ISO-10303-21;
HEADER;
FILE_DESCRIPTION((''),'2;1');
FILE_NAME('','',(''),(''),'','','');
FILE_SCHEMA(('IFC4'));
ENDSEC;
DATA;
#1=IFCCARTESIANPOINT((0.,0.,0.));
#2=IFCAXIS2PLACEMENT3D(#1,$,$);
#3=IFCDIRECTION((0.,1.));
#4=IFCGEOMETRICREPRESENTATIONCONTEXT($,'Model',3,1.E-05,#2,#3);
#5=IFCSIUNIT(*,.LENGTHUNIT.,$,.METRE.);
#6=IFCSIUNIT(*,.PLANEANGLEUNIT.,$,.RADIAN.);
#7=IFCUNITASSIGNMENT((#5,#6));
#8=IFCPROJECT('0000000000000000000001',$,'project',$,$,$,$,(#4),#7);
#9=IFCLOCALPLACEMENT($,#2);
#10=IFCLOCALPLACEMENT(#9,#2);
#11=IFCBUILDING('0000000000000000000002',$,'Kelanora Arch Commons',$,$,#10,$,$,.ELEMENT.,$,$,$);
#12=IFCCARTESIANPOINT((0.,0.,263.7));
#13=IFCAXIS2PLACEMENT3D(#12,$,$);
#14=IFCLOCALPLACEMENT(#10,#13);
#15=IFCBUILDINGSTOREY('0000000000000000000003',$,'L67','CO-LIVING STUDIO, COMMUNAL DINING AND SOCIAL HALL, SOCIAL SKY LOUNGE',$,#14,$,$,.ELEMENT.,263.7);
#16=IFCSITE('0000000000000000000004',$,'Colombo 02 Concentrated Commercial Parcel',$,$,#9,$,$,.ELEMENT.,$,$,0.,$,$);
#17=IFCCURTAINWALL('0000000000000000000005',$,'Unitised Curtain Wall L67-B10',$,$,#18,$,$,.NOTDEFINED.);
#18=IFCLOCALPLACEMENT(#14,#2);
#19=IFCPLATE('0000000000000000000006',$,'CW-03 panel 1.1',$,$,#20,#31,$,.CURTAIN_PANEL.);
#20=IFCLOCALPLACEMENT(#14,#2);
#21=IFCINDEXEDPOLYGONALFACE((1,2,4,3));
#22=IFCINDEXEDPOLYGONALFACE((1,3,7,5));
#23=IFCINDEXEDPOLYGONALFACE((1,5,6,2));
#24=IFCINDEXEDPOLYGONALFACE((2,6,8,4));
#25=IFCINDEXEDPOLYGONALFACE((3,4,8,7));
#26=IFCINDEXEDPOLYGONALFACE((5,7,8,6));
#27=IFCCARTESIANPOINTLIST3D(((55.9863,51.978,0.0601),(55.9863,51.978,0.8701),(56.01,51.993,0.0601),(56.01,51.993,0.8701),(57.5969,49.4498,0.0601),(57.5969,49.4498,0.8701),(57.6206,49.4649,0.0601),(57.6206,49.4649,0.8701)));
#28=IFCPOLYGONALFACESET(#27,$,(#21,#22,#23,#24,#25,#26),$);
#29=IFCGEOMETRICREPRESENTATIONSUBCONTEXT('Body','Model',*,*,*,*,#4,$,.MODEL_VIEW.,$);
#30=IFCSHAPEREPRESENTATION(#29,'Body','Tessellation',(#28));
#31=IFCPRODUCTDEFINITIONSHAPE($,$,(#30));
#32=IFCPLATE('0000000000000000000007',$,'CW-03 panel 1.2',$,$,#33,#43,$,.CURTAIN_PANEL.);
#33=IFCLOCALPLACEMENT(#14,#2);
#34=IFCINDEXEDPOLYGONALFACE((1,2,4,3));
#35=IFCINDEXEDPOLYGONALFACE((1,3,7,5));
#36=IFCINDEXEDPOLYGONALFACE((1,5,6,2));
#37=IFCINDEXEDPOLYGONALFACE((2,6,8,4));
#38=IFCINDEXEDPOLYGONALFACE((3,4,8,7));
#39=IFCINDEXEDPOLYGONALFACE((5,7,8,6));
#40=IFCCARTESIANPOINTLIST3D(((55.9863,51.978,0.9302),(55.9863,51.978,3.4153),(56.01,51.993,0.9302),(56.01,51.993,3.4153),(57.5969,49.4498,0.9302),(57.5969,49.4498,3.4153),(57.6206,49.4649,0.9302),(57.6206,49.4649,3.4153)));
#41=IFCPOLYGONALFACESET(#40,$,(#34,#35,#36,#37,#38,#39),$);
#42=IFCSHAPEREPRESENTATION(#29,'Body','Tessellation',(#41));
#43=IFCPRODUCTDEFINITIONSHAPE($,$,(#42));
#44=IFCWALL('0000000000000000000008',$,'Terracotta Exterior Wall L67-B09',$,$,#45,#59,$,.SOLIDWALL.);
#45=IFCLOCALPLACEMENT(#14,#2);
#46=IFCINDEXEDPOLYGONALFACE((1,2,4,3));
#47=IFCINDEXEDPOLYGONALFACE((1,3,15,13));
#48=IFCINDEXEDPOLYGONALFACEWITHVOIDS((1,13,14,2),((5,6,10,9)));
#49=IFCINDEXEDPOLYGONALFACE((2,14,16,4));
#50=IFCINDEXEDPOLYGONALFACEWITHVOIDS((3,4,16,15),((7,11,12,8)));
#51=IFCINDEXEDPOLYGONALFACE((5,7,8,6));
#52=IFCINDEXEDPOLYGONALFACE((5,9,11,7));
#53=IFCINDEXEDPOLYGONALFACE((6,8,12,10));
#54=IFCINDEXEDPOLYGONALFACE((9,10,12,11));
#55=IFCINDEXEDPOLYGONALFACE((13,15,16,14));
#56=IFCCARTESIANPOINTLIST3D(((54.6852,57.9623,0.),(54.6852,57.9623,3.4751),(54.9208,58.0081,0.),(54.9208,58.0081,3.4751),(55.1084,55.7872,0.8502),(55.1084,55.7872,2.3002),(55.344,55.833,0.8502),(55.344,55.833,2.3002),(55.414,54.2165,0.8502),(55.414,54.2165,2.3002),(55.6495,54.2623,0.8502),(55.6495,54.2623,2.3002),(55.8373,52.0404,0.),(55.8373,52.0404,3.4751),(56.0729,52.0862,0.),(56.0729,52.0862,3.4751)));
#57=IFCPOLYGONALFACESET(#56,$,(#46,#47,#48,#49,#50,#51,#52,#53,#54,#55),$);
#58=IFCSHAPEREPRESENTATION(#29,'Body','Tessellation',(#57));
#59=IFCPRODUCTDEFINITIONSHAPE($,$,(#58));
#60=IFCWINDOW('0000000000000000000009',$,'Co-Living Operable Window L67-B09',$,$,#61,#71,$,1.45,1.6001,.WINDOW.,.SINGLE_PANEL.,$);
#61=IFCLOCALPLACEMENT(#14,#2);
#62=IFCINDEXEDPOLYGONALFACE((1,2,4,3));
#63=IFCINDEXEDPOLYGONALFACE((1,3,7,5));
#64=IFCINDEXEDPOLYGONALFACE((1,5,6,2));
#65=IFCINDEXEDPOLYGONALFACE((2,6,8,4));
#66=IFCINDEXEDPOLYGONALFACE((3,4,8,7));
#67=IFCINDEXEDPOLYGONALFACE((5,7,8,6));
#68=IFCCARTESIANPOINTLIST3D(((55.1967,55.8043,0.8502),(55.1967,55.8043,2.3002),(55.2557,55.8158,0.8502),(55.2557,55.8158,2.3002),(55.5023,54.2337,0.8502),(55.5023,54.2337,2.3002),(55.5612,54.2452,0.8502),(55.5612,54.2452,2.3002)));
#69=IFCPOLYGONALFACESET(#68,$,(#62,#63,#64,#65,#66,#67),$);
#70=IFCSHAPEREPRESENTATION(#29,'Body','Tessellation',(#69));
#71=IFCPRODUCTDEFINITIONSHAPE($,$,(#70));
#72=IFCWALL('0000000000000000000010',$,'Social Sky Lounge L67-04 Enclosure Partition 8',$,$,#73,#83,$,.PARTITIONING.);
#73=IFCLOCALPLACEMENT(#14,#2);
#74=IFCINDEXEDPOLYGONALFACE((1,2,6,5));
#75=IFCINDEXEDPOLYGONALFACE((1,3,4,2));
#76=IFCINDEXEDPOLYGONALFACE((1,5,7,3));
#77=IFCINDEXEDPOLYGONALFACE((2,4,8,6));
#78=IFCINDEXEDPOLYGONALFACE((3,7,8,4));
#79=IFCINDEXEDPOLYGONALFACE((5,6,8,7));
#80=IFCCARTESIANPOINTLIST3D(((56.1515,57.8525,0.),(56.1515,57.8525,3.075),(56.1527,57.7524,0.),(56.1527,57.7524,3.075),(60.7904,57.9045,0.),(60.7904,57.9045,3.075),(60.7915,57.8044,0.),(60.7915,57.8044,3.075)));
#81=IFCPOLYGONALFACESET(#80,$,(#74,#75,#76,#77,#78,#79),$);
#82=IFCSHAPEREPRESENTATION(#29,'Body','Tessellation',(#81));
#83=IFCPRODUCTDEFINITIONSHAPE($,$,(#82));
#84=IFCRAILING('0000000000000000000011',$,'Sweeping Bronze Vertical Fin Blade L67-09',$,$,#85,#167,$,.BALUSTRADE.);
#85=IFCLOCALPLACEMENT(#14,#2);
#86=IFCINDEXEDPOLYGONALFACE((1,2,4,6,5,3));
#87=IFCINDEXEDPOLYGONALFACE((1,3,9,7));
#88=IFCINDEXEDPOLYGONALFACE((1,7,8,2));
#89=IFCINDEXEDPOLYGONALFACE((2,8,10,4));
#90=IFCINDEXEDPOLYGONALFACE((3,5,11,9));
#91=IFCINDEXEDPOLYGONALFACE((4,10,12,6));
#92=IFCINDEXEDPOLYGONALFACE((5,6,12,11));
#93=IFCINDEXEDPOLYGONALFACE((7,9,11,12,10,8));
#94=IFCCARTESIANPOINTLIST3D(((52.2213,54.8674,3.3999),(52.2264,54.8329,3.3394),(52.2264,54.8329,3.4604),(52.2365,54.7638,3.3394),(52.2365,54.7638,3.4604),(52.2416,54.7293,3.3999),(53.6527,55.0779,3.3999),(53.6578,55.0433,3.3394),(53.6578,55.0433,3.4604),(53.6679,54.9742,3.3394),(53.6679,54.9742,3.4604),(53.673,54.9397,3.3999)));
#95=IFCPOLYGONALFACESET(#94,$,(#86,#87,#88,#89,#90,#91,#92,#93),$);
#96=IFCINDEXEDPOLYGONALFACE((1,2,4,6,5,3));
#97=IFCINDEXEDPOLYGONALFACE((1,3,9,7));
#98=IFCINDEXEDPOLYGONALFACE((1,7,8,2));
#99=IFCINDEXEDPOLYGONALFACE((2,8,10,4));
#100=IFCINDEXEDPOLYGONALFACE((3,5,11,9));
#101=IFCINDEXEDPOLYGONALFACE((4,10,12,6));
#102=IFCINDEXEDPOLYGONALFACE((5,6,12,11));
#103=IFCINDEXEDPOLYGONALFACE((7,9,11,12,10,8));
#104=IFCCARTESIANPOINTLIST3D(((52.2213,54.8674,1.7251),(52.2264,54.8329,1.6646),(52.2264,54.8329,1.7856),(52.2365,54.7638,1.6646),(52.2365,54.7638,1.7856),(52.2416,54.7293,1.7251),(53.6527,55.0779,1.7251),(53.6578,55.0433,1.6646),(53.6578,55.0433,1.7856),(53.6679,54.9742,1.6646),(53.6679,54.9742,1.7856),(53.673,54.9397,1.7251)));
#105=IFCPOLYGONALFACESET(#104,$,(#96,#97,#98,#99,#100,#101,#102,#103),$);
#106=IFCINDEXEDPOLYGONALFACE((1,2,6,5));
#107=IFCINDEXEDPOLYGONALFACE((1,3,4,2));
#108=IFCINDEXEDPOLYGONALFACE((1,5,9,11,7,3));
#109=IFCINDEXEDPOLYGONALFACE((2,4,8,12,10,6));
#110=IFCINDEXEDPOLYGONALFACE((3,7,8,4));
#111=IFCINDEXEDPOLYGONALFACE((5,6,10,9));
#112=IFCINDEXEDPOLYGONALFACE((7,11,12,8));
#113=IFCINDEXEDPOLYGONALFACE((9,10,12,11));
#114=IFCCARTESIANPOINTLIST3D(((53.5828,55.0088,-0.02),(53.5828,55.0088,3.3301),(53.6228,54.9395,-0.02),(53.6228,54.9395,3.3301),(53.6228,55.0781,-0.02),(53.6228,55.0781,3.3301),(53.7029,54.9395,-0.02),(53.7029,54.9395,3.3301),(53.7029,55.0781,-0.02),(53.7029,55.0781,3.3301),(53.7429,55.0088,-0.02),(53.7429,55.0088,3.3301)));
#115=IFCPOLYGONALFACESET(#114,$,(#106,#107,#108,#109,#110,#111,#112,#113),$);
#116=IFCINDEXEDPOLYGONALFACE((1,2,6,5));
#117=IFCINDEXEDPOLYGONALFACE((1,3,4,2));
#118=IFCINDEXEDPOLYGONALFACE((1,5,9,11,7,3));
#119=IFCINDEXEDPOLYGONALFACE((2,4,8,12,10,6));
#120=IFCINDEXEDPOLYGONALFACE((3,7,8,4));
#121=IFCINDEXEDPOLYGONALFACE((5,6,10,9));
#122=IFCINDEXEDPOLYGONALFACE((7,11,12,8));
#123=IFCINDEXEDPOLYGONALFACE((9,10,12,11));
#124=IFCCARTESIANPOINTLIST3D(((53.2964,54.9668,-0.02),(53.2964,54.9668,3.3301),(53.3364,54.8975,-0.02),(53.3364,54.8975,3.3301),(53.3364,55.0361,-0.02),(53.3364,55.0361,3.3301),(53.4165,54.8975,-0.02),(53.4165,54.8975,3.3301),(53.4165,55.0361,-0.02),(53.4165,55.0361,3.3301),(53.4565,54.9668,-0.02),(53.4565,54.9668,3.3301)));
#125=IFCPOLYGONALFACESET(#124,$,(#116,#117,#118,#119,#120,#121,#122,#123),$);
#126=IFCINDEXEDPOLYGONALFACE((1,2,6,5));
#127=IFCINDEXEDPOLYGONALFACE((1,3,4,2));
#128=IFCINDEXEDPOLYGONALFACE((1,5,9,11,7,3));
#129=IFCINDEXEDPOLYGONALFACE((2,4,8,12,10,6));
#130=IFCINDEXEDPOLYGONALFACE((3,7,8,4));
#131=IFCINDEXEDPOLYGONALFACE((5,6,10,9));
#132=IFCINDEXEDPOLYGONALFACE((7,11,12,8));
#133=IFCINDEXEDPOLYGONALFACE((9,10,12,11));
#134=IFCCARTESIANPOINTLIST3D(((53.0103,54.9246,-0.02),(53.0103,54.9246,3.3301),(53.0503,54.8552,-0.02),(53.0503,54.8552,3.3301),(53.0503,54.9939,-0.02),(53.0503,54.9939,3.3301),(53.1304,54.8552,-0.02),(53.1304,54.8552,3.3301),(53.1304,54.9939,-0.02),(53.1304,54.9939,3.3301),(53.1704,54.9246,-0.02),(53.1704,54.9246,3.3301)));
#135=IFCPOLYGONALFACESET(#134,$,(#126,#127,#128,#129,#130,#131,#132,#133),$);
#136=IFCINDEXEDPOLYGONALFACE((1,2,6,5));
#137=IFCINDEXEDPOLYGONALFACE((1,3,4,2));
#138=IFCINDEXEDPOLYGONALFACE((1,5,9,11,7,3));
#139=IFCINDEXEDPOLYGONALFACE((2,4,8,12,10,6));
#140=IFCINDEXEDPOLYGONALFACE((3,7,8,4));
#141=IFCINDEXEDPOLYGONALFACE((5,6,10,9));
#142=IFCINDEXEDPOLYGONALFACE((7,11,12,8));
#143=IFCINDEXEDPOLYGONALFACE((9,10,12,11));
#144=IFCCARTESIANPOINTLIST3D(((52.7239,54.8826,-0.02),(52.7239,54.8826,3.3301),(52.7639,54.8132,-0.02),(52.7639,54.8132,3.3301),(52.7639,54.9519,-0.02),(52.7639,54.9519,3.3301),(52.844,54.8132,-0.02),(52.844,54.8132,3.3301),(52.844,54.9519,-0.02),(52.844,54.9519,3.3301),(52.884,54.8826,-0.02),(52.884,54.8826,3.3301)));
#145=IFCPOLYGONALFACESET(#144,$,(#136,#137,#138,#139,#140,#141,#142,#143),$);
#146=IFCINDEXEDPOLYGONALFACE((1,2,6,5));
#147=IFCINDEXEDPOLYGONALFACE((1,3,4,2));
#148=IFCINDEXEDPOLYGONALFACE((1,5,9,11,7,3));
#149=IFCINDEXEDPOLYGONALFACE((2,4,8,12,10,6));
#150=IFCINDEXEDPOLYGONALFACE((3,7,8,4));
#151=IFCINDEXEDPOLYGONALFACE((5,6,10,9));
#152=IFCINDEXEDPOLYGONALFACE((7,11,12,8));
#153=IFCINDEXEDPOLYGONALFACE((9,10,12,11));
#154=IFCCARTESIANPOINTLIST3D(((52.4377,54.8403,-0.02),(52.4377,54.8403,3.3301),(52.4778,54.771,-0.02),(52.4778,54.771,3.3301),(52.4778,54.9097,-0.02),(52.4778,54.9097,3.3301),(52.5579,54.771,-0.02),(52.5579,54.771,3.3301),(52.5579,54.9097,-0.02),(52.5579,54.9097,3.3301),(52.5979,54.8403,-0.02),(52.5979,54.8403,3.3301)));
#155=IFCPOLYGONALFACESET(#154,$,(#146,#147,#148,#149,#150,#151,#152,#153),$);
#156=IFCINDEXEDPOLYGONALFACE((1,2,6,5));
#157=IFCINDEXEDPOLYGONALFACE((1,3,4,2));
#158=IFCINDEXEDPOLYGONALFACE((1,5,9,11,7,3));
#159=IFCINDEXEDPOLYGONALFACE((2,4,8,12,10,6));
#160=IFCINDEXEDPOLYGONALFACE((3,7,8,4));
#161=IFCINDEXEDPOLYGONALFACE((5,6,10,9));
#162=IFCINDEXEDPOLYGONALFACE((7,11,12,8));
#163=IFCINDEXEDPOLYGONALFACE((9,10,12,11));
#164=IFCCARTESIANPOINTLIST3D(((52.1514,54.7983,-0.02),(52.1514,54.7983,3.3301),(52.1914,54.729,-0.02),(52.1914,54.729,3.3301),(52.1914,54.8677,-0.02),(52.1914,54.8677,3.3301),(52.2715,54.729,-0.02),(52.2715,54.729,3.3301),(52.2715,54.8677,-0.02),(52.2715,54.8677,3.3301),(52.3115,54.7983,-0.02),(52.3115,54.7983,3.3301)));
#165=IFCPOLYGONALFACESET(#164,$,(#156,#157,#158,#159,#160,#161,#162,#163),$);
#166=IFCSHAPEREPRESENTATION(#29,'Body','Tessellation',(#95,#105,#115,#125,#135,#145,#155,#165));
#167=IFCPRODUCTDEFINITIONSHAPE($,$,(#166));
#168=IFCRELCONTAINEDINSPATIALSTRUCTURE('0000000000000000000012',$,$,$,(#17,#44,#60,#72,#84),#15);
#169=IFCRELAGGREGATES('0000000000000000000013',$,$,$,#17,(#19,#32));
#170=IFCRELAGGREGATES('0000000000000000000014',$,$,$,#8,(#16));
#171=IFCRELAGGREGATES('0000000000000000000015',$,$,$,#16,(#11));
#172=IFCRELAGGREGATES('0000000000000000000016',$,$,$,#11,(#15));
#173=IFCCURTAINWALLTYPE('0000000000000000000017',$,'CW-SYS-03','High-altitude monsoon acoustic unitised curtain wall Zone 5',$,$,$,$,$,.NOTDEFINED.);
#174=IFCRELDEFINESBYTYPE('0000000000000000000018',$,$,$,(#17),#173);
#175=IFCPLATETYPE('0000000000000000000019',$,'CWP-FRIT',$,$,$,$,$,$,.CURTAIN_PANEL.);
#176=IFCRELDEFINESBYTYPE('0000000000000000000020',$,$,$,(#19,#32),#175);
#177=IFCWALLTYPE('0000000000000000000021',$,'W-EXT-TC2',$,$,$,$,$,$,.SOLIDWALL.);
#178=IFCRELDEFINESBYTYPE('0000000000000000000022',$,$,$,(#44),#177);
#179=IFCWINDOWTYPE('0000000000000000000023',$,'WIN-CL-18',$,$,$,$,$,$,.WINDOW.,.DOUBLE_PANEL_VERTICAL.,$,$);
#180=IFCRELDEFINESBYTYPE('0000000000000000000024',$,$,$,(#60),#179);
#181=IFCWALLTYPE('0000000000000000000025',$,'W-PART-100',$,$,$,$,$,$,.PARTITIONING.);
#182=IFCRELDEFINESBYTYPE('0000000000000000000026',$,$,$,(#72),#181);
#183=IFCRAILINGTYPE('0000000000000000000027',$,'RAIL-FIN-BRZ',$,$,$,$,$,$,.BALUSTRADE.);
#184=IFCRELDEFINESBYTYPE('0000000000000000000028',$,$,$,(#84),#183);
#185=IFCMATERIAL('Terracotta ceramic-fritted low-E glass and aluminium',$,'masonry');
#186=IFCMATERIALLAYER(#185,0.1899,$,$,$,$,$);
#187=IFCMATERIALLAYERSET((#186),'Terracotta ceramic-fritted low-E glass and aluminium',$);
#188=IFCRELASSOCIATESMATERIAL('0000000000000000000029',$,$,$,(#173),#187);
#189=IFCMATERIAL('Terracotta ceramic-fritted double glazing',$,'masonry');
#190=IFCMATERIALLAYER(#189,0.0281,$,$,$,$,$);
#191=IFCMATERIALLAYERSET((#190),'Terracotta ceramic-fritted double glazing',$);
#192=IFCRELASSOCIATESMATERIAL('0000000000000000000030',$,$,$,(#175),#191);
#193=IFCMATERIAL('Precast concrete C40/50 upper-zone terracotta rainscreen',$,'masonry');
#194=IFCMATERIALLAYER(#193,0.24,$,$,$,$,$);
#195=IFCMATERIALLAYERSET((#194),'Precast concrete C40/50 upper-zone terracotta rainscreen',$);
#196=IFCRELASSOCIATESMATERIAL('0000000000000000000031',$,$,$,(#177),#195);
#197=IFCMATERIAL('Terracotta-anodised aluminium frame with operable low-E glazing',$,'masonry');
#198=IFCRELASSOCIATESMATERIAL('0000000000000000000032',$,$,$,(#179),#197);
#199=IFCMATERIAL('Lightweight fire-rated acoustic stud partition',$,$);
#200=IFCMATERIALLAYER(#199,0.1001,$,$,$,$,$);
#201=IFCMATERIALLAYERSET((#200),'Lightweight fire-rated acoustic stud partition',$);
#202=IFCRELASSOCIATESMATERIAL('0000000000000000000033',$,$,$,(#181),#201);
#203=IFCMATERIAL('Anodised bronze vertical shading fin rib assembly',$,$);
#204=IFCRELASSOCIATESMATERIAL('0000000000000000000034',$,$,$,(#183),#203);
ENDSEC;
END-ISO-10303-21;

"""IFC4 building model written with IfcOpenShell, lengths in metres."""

from ifc_helpers import new_model, si_unit, direction, frame, frame_2d, origin, origin_2d, place, context, subcontext, project, spatial, polyline, rectangle, outline, extrude, source, transform, mapped, material, layer, layer_set, type_object, element, fill, aggregate, save


model = new_model("IFC4")

# Units and contexts
model_context = context("Model", 3, precision=1e-05, world=origin(), true_north=direction((0.0, 1.0)))
body_context = subcontext(model_context, "Body", "Model", "MODEL_VIEW")
ifc_project = project(units=[si_unit("LENGTHUNIT", "METRE"), si_unit("PLANEANGLEUNIT", "RADIAN")], contexts=[model_context])

# Site, building, storey
site_placement = place(None, origin())
site = spatial("IfcSite", under=ifc_project, at=site_placement, Name="Colombo 02 Concentrated Commercial Parcel", CompositionType="ELEMENT", RefElevation=0.0)
building_placement = place(site_placement, origin())
building = spatial("IfcBuilding", under=site, at=building_placement, Name="Kelanora Arch Commons", CompositionType="ELEMENT")
storey_placement = place(building_placement, frame((0.0, 0.0, 263.7)))
storey = spatial("IfcBuildingStorey", under=building, at=storey_placement, Name="L67", Description="CO-LIVING STUDIO, COMMUNAL DINING AND SOCIAL HALL, SOCIAL SKY LOUNGE", CompositionType="ELEMENT", Elevation=263.7)

# Curtain wall
ifc_material_1 = material(Name="Terracotta ceramic-fritted low-E glass and aluminium", Category="masonry")
ifc_layer_1 = layer(ifc_material_1, 0.1899)
ifc_layer_set_1 = layer_set([ifc_layer_1], Name="Terracotta ceramic-fritted low-E glass and aluminium")
curtain_wall_type = type_object("IfcCurtainWallType", Name="CW-SYS-03", Description="High-altitude monsoon acoustic unitised curtain wall Zone 5", PredefinedType="NOTDEFINED", material=ifc_layer_set_1)
curtain_wall_placement = place(storey_placement, origin())
curtain_wall = element("IfcCurtainWall", 1, at=curtain_wall_placement, inside=storey, type_object=curtain_wall_type, Name="Unitised Curtain Wall L67-B10", PredefinedType="NOTDEFINED")

# Plates
ifc_material_2 = material(Name="Terracotta ceramic-fritted double glazing", Category="masonry")
ifc_layer_2 = layer(ifc_material_2, 0.0281)
ifc_layer_set_2 = layer_set([ifc_layer_2], Name="Terracotta ceramic-fritted double glazing")
plate_type = type_object("IfcPlateType", Name="CWP-FRIT", PredefinedType="CURTAIN_PANEL", material=ifc_layer_set_2)
shared_shape_1 = source(origin(), body_context, "Body", "SweptSolid", [
    extrude(rectangle(XDim=2.9976, YDim=0.0281, at=origin_2d()), origin(), (0.0, 0.0, 1.0), 0.8101),
])
plate_1_placement = place(storey_placement, frame((56.8035, 50.7214, 0.0601), z_axis=(0.0, 0.0, 1.0), x_axis=(0.5373, -0.843391, 0.0)))
plate_1 = element("IfcPlate", 2, at=plate_1_placement, type_object=plate_type, Name="CW-03 panel 1.1", PredefinedType="CURTAIN_PANEL", context=body_context, shape_type="MappedRepresentation", body=[
    mapped(shared_shape_1, transform((0.0, 0.0, 0.0), scale=1.0)),
])
shared_shape_2 = source(origin(), body_context, "Body", "SweptSolid", [
    extrude(rectangle(XDim=2.9976, YDim=0.0281, at=origin_2d()), origin(), (0.0, 0.0, 1.0), 2.4851),
])
plate_2_placement = place(storey_placement, frame((56.8035, 50.7214, 0.9302), z_axis=(0.0, 0.0, 1.0), x_axis=(0.5373, -0.843391, 0.0)))
plate_2 = element("IfcPlate", 3, at=plate_2_placement, type_object=plate_type, Name="CW-03 panel 1.2", PredefinedType="CURTAIN_PANEL", context=body_context, shape_type="MappedRepresentation", body=[
    mapped(shared_shape_2, transform((0.0, 0.0, 0.0), scale=1.0)),
])
aggregate(curtain_wall, [plate_1, plate_2])

# Wall, opening, window
ifc_material_3 = material(Name="Precast concrete C40/50 upper-zone terracotta rainscreen", Category="masonry")
ifc_layer_3 = layer(ifc_material_3, 0.24)
ifc_layer_set_3 = layer_set([ifc_layer_3], Name="Precast concrete C40/50 upper-zone terracotta rainscreen")
wall_type_1 = type_object("IfcWallType", Name="W-EXT-TC2", PredefinedType="SOLIDWALL", material=ifc_layer_set_3)
wall_1_placement = place(storey_placement, frame((54.803, 57.9854, 0.0), z_axis=(0.0, 0.0, 1.0), x_axis=(0.190969, -0.981596, 0.0)))
wall_1 = element("IfcWall", 4, at=wall_1_placement, inside=storey, type_object=wall_type_1, Name="Terracotta Exterior Wall L67-B09", PredefinedType="SOLIDWALL", context=body_context, shape_type="SweptSolid", body=[
    extrude(rectangle(XDim=6.033, YDim=0.24, at=frame_2d((3.0166, 0.0))), origin(), (0.0, 0.0, 1.0), 3.4751),
])
opening_placement = place(wall_1_placement, frame((2.2161, 0.0, 0.8501)))
opening = element("IfcOpeningElement", 5, at=opening_placement, cuts=wall_1, PredefinedType="OPENING", context=body_context, shape_type="SweptSolid", body=[
    extrude(rectangle(XDim=1.6001, YDim=1.45, at=frame_2d((0.8, 0.7251))), frame((0.0, 0.1299, 0.0), z_axis=(0.0, -1.0, 0.0), x_axis=(1.0, 0.0, 0.0)), (0.0, 0.0, 1.0), 0.26),
])
ifc_material_4 = material(Name="Terracotta-anodised aluminium frame with operable low-E glazing", Category="masonry")
window_type = type_object("IfcWindowType", Name="WIN-CL-18", PartitioningType="DOUBLE_PANEL_VERTICAL", PredefinedType="WINDOW", material=ifc_material_4)
window_placement = place(opening_placement, origin())
window = element("IfcWindow", 6, at=window_placement, inside=storey, type_object=window_type, Name="Co-Living Operable Window L67-B09", OverallHeight=1.45, OverallWidth=1.6001, PartitioningType="SINGLE_PANEL", PredefinedType="WINDOW", context=body_context, shape_type="SweptSolid", body=[
    extrude(rectangle(XDim=1.6001, YDim=1.45, at=frame_2d((0.8, 0.7251))), frame((0.0, 0.03, 0.0), z_axis=(0.0, -1.0, 0.0), x_axis=(1.0, 0.0, 0.0)), (0.0, 0.0, 1.0), 0.0601),
])
fill(opening, window)

# Wall
ifc_material_5 = material(Name="Lightweight fire-rated acoustic stud partition")
ifc_layer_4 = layer(ifc_material_5, 0.1001)
ifc_layer_set_4 = layer_set([ifc_layer_4], Name="Lightweight fire-rated acoustic stud partition")
wall_type_2 = type_object("IfcWallType", Name="W-PART-100", PredefinedType="PARTITIONING", material=ifc_layer_set_4)
wall_2_placement = place(storey_placement, frame((56.1521, 57.8025, 0.0), z_axis=(0.0, 0.0, 1.0), x_axis=(0.999937, 0.011209, 0.0)))
element("IfcWall", 7, at=wall_2_placement, inside=storey, type_object=wall_type_2, Name="Social Sky Lounge L67-04 Enclosure Partition 8", PredefinedType="PARTITIONING", context=body_context, shape_type="SweptSolid", body=[
    extrude(rectangle(XDim=4.6392, YDim=0.1001, at=frame_2d((2.3196, 0.0))), origin(), (0.0, 0.0, 1.0), 3.075),
])

# Railing
ifc_material_6 = material(Name="Anodised bronze vertical shading fin rib assembly")
railing_type = type_object("IfcRailingType", Name="RAIL-FIN-BRZ", PredefinedType="BALUSTRADE", material=ifc_material_6)
railing_1_placement = place(storey_placement, frame((53.6628, 55.0088, -0.02)))
element("IfcRailing", 8, at=railing_1_placement, inside=storey, type_object=railing_type, Name="Sweeping Bronze Vertical Fin Blade L67-09", PredefinedType="BALUSTRADE", context=body_context, shape_type="SweptSolid", body=[
    extrude(outline(polyline([(0.0698, 0.0), (0.0349, 0.0605), (-0.0349, 0.0605), (-0.0698, 0.0), (-0.0349, -0.0605), (0.0349, -0.0605), (0.0698, 0.0)])), frame((0.0, 0.0, 3.4199), z_axis=(-0.989364, -0.14546, 0.0), x_axis=(0.14546, -0.989364, 0.0)), (0.0, 0.0, 1.0), 1.4468),
    extrude(outline(polyline([(0.0698, 0.0), (0.0349, 0.0605), (-0.0349, 0.0605), (-0.0698, 0.0), (-0.0349, -0.0605), (0.0349, -0.0605), (0.0698, 0.0)])), frame((0.0, 0.0, 1.7451), z_axis=(-0.989364, -0.14546, 0.0), x_axis=(0.14546, -0.989364, 0.0)), (0.0, 0.0, 1.0), 1.4468),
    extrude(outline(polyline([(0.0801, 0.0), (0.04, 0.0693), (-0.04, 0.0693), (-0.0801, 0.0), (-0.04, -0.0693), (0.04, -0.0693), (0.0801, 0.0)])), origin(), (0.0, 0.0, 1.0), 3.3501),
    extrude(outline(polyline([(0.0801, 0.0), (0.04, 0.0693), (-0.04, 0.0693), (-0.0801, 0.0), (-0.04, -0.0693), (0.04, -0.0693), (0.0801, 0.0)])), frame((-0.2864, -0.042, 0.0)), (0.0, 0.0, 1.0), 3.3501),
    extrude(outline(polyline([(0.0801, 0.0), (0.04, 0.0693), (-0.04, 0.0693), (-0.0801, 0.0), (-0.04, -0.0693), (0.04, -0.0693), (0.0801, 0.0)])), frame((-0.5725, -0.0842, 0.0)), (0.0, 0.0, 1.0), 3.3501),
    extrude(outline(polyline([(0.0801, 0.0), (0.04, 0.0693), (-0.04, 0.0693), (-0.0801, 0.0), (-0.04, -0.0693), (0.04, -0.0693), (0.0801, 0.0)])), frame((-0.8589, -0.1262, 0.0)), (0.0, 0.0, 1.0), 3.3501),
    extrude(outline(polyline([(0.0801, 0.0), (0.04, 0.0693), (-0.04, 0.0693), (-0.0801, 0.0), (-0.04, -0.0693), (0.04, -0.0693), (0.0801, 0.0)])), frame((-1.145, -0.1685, 0.0)), (0.0, 0.0, 1.0), 3.3501),
    extrude(outline(polyline([(0.0801, 0.0), (0.04, 0.0693), (-0.04, 0.0693), (-0.0801, 0.0), (-0.04, -0.0693), (0.04, -0.0693), (0.0801, 0.0)])), frame((-1.4314, -0.2104, 0.0)), (0.0, 0.0, 1.0), 3.3501),
])

save(model, "model.ifc")
